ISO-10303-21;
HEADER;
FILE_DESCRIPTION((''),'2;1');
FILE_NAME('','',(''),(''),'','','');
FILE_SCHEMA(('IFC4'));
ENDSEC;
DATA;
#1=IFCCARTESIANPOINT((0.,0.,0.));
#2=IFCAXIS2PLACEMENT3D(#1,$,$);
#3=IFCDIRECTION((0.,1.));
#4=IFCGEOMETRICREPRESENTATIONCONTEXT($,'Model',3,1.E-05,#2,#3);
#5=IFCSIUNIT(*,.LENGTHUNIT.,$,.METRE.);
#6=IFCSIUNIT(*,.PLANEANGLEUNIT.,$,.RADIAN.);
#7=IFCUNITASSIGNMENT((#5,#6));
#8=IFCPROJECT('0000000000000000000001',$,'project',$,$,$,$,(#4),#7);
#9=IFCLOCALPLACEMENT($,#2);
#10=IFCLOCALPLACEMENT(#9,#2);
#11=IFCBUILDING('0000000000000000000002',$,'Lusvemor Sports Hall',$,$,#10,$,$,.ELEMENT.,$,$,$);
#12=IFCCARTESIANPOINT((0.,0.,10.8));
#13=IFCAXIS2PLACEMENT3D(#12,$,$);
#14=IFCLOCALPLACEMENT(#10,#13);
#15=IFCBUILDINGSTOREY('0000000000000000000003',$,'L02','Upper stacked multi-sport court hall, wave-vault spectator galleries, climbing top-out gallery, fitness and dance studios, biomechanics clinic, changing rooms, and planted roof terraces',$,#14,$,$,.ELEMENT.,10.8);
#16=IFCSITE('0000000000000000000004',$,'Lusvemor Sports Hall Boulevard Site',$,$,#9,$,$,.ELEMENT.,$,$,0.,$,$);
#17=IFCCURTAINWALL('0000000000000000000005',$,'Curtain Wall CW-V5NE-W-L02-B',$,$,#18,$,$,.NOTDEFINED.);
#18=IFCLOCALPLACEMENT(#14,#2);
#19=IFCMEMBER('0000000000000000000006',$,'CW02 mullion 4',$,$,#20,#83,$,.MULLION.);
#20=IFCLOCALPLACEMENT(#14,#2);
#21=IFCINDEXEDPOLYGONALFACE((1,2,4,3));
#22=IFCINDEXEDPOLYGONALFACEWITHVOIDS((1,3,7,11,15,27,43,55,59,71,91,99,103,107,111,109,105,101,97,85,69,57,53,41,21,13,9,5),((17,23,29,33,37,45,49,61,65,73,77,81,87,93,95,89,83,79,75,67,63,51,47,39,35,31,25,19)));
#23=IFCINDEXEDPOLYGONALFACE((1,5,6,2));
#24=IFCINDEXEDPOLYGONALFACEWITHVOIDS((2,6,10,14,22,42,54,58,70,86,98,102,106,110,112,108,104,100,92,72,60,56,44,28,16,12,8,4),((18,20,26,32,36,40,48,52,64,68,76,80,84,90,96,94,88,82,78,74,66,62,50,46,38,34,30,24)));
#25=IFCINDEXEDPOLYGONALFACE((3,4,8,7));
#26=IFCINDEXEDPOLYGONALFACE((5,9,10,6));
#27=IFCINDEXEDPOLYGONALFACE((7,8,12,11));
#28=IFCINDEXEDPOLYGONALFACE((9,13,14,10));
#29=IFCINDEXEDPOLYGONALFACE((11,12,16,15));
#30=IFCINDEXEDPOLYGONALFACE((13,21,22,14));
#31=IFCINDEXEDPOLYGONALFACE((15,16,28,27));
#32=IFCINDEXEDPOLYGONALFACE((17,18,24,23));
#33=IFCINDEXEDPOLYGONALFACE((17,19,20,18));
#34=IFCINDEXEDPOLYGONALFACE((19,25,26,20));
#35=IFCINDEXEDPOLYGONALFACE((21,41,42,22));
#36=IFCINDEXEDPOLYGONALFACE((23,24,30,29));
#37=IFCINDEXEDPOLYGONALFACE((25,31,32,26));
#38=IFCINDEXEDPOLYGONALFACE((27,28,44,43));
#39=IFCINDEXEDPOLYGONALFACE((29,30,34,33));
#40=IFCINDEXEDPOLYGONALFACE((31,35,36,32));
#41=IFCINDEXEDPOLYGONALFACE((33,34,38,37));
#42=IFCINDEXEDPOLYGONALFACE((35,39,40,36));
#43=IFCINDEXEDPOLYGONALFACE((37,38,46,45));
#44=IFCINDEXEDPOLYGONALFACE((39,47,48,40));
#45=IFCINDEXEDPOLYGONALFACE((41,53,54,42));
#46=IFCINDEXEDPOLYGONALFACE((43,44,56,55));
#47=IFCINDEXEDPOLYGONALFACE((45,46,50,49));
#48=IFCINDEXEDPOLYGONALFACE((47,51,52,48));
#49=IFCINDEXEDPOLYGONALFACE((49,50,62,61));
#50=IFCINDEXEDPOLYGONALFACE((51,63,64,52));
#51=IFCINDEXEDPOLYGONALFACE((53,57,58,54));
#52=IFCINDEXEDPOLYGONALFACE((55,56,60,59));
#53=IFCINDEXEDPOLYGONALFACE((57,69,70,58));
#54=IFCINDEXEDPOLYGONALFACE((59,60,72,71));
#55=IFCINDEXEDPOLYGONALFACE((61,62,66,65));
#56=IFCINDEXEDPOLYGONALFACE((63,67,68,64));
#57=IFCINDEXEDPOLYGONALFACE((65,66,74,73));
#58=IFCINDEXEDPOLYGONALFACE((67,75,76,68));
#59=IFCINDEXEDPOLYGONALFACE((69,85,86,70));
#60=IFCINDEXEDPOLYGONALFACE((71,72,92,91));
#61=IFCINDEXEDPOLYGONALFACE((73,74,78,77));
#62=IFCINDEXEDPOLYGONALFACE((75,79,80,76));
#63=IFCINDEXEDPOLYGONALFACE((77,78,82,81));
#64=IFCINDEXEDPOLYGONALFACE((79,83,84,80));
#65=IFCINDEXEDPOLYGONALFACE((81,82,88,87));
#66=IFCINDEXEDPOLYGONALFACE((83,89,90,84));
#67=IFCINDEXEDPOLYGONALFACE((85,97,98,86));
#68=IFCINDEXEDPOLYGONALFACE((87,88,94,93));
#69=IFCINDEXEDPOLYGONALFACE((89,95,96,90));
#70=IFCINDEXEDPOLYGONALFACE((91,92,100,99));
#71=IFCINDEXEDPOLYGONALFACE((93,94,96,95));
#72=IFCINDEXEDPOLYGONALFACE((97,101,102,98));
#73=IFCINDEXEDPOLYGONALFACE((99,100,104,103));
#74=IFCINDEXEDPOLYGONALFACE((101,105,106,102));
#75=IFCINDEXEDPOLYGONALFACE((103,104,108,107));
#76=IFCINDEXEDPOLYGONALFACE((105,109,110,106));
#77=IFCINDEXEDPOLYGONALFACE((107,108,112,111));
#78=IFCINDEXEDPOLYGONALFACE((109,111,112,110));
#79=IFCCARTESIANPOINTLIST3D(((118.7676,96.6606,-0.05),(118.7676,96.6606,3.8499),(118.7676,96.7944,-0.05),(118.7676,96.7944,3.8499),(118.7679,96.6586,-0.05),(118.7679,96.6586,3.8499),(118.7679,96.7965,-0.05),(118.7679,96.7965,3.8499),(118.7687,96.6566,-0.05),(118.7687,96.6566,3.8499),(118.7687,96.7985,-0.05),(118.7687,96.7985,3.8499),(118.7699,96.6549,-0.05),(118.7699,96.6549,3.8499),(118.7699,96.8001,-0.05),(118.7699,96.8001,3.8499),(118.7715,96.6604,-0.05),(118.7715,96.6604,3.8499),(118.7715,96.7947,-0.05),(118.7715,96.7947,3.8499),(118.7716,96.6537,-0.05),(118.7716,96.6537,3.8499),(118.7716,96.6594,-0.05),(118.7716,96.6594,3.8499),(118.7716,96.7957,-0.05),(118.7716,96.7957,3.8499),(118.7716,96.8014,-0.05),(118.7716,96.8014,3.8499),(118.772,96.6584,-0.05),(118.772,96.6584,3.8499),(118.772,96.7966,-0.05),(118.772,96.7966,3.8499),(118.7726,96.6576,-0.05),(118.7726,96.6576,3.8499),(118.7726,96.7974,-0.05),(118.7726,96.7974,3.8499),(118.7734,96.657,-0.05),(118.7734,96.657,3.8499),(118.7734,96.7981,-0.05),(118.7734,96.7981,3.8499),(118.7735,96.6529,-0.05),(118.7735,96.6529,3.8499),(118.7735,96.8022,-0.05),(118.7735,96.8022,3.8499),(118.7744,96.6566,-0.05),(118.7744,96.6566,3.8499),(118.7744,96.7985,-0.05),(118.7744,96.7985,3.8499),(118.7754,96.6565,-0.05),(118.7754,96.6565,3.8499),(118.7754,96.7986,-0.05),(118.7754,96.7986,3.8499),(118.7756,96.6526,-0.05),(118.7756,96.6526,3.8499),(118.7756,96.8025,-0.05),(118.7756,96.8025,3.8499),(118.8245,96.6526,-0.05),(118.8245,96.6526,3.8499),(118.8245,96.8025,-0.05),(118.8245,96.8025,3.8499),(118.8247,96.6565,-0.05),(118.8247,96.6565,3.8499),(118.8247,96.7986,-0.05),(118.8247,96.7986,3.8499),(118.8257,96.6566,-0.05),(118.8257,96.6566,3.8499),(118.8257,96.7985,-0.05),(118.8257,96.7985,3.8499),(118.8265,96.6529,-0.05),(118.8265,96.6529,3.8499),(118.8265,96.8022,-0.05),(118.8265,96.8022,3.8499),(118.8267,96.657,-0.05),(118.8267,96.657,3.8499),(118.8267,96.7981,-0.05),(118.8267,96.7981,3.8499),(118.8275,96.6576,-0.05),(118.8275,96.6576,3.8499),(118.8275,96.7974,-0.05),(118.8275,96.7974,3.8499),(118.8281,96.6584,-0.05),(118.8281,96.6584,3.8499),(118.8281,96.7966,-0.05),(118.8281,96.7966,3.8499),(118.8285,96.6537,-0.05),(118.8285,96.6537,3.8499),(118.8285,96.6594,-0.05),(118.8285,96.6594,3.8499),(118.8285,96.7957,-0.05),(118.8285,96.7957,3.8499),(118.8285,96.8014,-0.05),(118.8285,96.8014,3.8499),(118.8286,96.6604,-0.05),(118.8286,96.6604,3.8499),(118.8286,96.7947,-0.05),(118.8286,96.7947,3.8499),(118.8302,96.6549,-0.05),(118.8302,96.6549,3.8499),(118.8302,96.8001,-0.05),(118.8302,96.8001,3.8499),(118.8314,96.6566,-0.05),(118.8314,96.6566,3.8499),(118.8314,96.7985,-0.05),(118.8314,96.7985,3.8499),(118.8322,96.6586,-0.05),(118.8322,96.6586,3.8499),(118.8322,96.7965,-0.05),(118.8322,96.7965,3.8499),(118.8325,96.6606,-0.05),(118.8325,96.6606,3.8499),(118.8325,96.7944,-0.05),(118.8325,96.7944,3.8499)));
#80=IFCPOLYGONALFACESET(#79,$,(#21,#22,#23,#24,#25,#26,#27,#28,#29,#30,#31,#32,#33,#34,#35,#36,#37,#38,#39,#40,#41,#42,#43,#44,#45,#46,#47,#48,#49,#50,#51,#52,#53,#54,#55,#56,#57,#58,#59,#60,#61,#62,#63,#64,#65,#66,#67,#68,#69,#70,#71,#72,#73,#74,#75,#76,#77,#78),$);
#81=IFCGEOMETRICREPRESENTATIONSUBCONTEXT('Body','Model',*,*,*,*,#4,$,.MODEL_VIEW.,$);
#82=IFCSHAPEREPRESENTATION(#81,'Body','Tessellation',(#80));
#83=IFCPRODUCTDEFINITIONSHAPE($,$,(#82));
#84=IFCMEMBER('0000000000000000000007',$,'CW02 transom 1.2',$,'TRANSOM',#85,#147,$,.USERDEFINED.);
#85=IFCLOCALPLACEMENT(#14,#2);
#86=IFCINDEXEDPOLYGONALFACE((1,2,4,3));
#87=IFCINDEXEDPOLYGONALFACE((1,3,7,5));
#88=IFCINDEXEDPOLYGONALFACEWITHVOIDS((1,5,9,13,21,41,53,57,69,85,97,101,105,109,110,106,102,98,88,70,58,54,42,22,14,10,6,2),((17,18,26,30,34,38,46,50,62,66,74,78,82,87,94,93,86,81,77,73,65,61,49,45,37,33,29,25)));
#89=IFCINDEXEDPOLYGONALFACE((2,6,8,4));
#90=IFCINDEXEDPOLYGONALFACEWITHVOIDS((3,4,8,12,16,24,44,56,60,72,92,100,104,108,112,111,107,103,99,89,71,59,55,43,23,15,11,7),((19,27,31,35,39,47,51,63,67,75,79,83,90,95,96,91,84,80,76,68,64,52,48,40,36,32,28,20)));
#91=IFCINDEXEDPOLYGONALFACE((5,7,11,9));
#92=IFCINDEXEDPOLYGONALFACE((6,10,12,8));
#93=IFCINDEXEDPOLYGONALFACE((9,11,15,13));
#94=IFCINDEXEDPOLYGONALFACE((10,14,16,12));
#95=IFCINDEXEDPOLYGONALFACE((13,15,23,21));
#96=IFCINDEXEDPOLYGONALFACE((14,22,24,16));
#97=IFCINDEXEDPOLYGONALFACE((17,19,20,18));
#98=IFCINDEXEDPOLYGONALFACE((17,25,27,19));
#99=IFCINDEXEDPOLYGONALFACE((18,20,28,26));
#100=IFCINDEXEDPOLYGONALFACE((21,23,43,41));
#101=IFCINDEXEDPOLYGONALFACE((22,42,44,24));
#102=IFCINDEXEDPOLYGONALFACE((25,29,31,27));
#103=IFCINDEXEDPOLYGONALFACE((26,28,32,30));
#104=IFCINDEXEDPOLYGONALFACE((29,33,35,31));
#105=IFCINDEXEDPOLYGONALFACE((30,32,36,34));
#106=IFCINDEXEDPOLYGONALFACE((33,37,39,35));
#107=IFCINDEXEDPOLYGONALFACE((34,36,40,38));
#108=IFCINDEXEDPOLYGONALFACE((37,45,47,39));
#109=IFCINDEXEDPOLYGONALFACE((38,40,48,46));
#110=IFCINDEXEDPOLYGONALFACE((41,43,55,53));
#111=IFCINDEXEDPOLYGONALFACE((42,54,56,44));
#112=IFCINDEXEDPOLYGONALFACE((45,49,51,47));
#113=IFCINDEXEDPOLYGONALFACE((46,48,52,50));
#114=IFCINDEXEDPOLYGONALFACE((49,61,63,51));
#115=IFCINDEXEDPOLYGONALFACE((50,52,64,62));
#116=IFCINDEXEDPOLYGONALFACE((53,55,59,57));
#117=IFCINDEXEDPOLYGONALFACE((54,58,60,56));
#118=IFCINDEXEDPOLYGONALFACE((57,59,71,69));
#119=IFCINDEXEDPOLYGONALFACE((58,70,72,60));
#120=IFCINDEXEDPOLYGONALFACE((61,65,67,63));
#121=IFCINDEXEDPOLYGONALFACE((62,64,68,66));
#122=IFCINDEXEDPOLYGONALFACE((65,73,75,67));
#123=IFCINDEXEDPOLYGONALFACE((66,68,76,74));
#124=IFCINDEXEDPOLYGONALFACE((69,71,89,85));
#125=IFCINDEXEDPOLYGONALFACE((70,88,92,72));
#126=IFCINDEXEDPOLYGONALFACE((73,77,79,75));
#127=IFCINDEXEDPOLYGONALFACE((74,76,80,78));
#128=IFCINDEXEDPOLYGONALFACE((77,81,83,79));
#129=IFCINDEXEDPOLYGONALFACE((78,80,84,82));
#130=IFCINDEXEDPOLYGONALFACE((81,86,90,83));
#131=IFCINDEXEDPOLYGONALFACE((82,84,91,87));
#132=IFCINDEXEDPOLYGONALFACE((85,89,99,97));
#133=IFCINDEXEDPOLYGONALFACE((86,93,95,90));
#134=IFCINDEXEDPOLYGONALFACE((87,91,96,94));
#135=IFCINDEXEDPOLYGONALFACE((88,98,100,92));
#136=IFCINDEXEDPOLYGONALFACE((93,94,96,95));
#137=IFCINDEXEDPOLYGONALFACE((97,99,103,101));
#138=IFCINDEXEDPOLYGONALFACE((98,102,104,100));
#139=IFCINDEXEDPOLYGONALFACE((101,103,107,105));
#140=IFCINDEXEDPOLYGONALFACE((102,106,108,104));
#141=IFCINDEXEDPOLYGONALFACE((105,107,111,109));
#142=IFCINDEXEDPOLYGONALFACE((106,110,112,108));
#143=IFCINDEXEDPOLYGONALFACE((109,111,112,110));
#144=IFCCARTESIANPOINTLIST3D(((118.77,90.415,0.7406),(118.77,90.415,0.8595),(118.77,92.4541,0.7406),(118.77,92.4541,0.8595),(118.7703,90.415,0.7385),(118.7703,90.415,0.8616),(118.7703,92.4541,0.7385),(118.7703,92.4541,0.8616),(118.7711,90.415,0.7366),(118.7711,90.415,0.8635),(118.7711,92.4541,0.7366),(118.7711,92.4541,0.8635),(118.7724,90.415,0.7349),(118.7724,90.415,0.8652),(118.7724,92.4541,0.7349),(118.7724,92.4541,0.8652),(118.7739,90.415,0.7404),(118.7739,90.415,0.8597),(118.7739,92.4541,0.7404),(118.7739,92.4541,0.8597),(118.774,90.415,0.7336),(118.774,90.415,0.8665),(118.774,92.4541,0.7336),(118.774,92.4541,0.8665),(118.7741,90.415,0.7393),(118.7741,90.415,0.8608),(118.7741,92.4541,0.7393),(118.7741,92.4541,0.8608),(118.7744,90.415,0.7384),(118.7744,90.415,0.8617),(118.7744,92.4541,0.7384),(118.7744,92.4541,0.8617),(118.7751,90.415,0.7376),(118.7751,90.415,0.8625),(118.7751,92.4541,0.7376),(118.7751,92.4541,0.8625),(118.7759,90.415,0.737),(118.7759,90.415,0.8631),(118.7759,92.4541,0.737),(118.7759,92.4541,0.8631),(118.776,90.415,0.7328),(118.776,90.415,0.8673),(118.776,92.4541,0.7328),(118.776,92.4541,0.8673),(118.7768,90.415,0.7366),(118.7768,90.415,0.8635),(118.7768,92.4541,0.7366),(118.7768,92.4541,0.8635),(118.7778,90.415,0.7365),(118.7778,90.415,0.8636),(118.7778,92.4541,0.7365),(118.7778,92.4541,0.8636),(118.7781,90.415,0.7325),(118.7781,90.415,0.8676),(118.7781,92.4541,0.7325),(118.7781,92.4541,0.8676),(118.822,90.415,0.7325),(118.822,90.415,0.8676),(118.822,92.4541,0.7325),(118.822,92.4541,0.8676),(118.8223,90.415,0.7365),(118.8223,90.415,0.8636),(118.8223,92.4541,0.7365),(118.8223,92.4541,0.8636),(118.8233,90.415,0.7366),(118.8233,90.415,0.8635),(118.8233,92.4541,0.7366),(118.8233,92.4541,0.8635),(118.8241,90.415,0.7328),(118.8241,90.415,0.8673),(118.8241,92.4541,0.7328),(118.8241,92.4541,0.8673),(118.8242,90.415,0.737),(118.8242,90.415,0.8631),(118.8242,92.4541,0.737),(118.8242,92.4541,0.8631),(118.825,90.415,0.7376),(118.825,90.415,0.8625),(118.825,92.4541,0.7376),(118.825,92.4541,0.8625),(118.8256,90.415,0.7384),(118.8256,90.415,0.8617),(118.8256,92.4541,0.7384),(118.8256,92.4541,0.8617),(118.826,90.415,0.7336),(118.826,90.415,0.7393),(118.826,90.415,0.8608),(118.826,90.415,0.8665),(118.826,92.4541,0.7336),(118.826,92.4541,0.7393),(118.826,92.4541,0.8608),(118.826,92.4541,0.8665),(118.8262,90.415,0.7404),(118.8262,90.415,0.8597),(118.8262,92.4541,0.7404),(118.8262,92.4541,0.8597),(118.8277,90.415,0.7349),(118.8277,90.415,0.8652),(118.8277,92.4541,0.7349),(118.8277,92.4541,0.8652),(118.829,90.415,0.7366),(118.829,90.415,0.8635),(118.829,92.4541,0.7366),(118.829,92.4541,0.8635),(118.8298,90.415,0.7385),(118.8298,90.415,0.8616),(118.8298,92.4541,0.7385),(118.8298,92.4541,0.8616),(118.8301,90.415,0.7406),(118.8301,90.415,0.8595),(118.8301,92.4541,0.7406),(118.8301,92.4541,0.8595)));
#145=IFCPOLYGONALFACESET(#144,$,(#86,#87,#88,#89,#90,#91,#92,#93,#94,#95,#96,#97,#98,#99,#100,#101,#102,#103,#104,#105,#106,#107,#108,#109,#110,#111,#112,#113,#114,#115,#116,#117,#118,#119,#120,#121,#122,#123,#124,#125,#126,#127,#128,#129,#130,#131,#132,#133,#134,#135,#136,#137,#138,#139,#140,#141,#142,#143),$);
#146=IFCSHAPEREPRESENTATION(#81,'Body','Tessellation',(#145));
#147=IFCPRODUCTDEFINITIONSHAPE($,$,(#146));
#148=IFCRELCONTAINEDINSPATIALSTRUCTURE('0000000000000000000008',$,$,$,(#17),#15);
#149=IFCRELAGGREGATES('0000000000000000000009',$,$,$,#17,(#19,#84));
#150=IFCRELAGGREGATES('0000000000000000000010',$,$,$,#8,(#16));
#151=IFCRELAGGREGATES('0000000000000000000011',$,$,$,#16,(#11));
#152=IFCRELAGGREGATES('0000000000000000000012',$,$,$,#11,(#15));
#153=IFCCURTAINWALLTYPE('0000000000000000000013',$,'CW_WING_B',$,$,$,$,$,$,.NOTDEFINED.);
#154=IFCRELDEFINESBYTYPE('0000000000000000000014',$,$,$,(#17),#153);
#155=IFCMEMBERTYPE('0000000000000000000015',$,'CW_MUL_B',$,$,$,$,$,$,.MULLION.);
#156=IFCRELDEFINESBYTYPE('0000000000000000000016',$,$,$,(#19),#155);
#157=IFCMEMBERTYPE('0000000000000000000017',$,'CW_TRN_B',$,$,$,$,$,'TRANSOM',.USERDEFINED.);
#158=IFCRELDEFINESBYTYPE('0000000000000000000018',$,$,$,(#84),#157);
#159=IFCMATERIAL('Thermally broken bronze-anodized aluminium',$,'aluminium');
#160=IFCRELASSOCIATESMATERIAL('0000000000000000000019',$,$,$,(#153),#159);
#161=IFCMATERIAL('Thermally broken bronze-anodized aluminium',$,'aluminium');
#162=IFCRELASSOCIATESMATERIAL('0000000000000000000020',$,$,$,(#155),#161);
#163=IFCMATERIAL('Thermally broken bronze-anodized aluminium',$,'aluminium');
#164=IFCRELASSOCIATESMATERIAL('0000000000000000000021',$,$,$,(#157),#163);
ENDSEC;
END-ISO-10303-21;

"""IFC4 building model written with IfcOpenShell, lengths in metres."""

from ifc_helpers import new_model, si_unit, direction, frame, origin, origin_2d, place, context, subcontext, project, spatial, hollow_rectangle, extrude, material, material_profile, profile_set, type_object, element, aggregate, save


model = new_model("IFC4")

# Units and contexts
model_context = context("Model", 3, precision=1e-05, world=origin(), true_north=direction((0.0, 1.0)))
body_context = subcontext(model_context, "Body", "Model", "MODEL_VIEW")
ifc_project = project(units=[si_unit("LENGTHUNIT", "METRE"), si_unit("PLANEANGLEUNIT", "RADIAN")], contexts=[model_context])

# Site, building, storey
site_placement = place(None, origin())
site = spatial("IfcSite", under=ifc_project, at=site_placement, Name="Lusvemor Sports Hall Boulevard Site", CompositionType="ELEMENT", RefElevation=0.0)
building_placement = place(site_placement, origin())
building = spatial("IfcBuilding", under=site, at=building_placement, Name="Lusvemor Sports Hall", CompositionType="ELEMENT")
storey_placement = place(building_placement, frame((0.0, 0.0, 10.8)))
storey = spatial("IfcBuildingStorey", under=building, at=storey_placement, Name="L02", Description="Upper stacked multi-sport court hall, wave-vault spectator galleries, climbing top-out gallery, fitness and dance studios, biomechanics clinic, changing rooms, and planted roof terraces", CompositionType="ELEMENT", Elevation=10.8)

# Curtain wall, members
ifc_material_1 = material(Name="Thermally broken bronze-anodized aluminium", Category="aluminium")
curtain_wall_type = type_object("IfcCurtainWallType", Name="CW_WING_B", PredefinedType="NOTDEFINED", material=ifc_material_1)
curtain_wall_placement = place(storey_placement, origin())
curtain_wall = element("IfcCurtainWall", 1, at=curtain_wall_placement, inside=storey, type_object=curtain_wall_type, Name="Curtain Wall CW-V5NE-W-L02-B", PredefinedType="NOTDEFINED")
ifc_material_2 = material(Name="Thermally broken bronze-anodized aluminium", Category="aluminium")
ifc_material_profile_1 = material_profile(ifc_material_2, hollow_rectangle(XDim=0.0649, YDim=0.1499, WallThickness=0.0039, InnerFilletRadius=0.0039, OuterFilletRadius=0.0081, at=origin_2d()), Name="CWMUL150x65x4")
ifc_profile_set_1 = profile_set([ifc_material_profile_1], Name="Thermally broken bronze-anodized aluminium")
member_type_1 = type_object("IfcMemberType", Name="CW_MUL_B", PredefinedType="MULLION", material=ifc_profile_set_1)
member_1_placement = place(storey_placement, frame((118.8, 96.7275, -0.05), z_axis=(0.0, 0.0, 1.0), x_axis=(-1.0, 0.0, 0.0)))
member_1 = element("IfcMember", 2, at=member_1_placement, type_object=member_type_1, Name="CW02 mullion 4", PredefinedType="MULLION", context=body_context, shape_type="SweptSolid", body=[
    extrude(hollow_rectangle(XDim=0.0649, YDim=0.1499, WallThickness=0.0039, InnerFilletRadius=0.0039, OuterFilletRadius=0.0081, at=origin_2d()), origin(), (0.0, 0.0, 1.0), 3.8999),
])
ifc_material_3 = material(Name="Thermally broken bronze-anodized aluminium", Category="aluminium")
ifc_material_profile_2 = material_profile(ifc_material_3, hollow_rectangle(XDim=0.0601, YDim=0.135, WallThickness=0.0039, InnerFilletRadius=0.0039, OuterFilletRadius=0.0081, at=origin_2d()), Name="CWTRN135x60x4")
ifc_profile_set_2 = profile_set([ifc_material_profile_2], Name="Thermally broken bronze-anodized aluminium")
member_type_2 = type_object("IfcMemberType", Name="CW_TRN_B", ElementType="TRANSOM", PredefinedType="USERDEFINED", material=ifc_profile_set_2)
member_2_placement = place(storey_placement, frame((118.8, 90.415, 0.8), z_axis=(0.0, 1.0, 0.0), x_axis=(-1.0, 0.0, 0.0)))
member_2 = element("IfcMember", 3, at=member_2_placement, type_object=member_type_2, Name="CW02 transom 1.2", ObjectType="TRANSOM", PredefinedType="USERDEFINED", context=body_context, shape_type="SweptSolid", body=[
    extrude(hollow_rectangle(XDim=0.0601, YDim=0.135, WallThickness=0.0039, InnerFilletRadius=0.0039, OuterFilletRadius=0.0081, at=origin_2d()), origin(), (0.0, 0.0, 1.0), 2.0391),
])
aggregate(curtain_wall, [member_1, member_2])

save(model, "model.ifc")
